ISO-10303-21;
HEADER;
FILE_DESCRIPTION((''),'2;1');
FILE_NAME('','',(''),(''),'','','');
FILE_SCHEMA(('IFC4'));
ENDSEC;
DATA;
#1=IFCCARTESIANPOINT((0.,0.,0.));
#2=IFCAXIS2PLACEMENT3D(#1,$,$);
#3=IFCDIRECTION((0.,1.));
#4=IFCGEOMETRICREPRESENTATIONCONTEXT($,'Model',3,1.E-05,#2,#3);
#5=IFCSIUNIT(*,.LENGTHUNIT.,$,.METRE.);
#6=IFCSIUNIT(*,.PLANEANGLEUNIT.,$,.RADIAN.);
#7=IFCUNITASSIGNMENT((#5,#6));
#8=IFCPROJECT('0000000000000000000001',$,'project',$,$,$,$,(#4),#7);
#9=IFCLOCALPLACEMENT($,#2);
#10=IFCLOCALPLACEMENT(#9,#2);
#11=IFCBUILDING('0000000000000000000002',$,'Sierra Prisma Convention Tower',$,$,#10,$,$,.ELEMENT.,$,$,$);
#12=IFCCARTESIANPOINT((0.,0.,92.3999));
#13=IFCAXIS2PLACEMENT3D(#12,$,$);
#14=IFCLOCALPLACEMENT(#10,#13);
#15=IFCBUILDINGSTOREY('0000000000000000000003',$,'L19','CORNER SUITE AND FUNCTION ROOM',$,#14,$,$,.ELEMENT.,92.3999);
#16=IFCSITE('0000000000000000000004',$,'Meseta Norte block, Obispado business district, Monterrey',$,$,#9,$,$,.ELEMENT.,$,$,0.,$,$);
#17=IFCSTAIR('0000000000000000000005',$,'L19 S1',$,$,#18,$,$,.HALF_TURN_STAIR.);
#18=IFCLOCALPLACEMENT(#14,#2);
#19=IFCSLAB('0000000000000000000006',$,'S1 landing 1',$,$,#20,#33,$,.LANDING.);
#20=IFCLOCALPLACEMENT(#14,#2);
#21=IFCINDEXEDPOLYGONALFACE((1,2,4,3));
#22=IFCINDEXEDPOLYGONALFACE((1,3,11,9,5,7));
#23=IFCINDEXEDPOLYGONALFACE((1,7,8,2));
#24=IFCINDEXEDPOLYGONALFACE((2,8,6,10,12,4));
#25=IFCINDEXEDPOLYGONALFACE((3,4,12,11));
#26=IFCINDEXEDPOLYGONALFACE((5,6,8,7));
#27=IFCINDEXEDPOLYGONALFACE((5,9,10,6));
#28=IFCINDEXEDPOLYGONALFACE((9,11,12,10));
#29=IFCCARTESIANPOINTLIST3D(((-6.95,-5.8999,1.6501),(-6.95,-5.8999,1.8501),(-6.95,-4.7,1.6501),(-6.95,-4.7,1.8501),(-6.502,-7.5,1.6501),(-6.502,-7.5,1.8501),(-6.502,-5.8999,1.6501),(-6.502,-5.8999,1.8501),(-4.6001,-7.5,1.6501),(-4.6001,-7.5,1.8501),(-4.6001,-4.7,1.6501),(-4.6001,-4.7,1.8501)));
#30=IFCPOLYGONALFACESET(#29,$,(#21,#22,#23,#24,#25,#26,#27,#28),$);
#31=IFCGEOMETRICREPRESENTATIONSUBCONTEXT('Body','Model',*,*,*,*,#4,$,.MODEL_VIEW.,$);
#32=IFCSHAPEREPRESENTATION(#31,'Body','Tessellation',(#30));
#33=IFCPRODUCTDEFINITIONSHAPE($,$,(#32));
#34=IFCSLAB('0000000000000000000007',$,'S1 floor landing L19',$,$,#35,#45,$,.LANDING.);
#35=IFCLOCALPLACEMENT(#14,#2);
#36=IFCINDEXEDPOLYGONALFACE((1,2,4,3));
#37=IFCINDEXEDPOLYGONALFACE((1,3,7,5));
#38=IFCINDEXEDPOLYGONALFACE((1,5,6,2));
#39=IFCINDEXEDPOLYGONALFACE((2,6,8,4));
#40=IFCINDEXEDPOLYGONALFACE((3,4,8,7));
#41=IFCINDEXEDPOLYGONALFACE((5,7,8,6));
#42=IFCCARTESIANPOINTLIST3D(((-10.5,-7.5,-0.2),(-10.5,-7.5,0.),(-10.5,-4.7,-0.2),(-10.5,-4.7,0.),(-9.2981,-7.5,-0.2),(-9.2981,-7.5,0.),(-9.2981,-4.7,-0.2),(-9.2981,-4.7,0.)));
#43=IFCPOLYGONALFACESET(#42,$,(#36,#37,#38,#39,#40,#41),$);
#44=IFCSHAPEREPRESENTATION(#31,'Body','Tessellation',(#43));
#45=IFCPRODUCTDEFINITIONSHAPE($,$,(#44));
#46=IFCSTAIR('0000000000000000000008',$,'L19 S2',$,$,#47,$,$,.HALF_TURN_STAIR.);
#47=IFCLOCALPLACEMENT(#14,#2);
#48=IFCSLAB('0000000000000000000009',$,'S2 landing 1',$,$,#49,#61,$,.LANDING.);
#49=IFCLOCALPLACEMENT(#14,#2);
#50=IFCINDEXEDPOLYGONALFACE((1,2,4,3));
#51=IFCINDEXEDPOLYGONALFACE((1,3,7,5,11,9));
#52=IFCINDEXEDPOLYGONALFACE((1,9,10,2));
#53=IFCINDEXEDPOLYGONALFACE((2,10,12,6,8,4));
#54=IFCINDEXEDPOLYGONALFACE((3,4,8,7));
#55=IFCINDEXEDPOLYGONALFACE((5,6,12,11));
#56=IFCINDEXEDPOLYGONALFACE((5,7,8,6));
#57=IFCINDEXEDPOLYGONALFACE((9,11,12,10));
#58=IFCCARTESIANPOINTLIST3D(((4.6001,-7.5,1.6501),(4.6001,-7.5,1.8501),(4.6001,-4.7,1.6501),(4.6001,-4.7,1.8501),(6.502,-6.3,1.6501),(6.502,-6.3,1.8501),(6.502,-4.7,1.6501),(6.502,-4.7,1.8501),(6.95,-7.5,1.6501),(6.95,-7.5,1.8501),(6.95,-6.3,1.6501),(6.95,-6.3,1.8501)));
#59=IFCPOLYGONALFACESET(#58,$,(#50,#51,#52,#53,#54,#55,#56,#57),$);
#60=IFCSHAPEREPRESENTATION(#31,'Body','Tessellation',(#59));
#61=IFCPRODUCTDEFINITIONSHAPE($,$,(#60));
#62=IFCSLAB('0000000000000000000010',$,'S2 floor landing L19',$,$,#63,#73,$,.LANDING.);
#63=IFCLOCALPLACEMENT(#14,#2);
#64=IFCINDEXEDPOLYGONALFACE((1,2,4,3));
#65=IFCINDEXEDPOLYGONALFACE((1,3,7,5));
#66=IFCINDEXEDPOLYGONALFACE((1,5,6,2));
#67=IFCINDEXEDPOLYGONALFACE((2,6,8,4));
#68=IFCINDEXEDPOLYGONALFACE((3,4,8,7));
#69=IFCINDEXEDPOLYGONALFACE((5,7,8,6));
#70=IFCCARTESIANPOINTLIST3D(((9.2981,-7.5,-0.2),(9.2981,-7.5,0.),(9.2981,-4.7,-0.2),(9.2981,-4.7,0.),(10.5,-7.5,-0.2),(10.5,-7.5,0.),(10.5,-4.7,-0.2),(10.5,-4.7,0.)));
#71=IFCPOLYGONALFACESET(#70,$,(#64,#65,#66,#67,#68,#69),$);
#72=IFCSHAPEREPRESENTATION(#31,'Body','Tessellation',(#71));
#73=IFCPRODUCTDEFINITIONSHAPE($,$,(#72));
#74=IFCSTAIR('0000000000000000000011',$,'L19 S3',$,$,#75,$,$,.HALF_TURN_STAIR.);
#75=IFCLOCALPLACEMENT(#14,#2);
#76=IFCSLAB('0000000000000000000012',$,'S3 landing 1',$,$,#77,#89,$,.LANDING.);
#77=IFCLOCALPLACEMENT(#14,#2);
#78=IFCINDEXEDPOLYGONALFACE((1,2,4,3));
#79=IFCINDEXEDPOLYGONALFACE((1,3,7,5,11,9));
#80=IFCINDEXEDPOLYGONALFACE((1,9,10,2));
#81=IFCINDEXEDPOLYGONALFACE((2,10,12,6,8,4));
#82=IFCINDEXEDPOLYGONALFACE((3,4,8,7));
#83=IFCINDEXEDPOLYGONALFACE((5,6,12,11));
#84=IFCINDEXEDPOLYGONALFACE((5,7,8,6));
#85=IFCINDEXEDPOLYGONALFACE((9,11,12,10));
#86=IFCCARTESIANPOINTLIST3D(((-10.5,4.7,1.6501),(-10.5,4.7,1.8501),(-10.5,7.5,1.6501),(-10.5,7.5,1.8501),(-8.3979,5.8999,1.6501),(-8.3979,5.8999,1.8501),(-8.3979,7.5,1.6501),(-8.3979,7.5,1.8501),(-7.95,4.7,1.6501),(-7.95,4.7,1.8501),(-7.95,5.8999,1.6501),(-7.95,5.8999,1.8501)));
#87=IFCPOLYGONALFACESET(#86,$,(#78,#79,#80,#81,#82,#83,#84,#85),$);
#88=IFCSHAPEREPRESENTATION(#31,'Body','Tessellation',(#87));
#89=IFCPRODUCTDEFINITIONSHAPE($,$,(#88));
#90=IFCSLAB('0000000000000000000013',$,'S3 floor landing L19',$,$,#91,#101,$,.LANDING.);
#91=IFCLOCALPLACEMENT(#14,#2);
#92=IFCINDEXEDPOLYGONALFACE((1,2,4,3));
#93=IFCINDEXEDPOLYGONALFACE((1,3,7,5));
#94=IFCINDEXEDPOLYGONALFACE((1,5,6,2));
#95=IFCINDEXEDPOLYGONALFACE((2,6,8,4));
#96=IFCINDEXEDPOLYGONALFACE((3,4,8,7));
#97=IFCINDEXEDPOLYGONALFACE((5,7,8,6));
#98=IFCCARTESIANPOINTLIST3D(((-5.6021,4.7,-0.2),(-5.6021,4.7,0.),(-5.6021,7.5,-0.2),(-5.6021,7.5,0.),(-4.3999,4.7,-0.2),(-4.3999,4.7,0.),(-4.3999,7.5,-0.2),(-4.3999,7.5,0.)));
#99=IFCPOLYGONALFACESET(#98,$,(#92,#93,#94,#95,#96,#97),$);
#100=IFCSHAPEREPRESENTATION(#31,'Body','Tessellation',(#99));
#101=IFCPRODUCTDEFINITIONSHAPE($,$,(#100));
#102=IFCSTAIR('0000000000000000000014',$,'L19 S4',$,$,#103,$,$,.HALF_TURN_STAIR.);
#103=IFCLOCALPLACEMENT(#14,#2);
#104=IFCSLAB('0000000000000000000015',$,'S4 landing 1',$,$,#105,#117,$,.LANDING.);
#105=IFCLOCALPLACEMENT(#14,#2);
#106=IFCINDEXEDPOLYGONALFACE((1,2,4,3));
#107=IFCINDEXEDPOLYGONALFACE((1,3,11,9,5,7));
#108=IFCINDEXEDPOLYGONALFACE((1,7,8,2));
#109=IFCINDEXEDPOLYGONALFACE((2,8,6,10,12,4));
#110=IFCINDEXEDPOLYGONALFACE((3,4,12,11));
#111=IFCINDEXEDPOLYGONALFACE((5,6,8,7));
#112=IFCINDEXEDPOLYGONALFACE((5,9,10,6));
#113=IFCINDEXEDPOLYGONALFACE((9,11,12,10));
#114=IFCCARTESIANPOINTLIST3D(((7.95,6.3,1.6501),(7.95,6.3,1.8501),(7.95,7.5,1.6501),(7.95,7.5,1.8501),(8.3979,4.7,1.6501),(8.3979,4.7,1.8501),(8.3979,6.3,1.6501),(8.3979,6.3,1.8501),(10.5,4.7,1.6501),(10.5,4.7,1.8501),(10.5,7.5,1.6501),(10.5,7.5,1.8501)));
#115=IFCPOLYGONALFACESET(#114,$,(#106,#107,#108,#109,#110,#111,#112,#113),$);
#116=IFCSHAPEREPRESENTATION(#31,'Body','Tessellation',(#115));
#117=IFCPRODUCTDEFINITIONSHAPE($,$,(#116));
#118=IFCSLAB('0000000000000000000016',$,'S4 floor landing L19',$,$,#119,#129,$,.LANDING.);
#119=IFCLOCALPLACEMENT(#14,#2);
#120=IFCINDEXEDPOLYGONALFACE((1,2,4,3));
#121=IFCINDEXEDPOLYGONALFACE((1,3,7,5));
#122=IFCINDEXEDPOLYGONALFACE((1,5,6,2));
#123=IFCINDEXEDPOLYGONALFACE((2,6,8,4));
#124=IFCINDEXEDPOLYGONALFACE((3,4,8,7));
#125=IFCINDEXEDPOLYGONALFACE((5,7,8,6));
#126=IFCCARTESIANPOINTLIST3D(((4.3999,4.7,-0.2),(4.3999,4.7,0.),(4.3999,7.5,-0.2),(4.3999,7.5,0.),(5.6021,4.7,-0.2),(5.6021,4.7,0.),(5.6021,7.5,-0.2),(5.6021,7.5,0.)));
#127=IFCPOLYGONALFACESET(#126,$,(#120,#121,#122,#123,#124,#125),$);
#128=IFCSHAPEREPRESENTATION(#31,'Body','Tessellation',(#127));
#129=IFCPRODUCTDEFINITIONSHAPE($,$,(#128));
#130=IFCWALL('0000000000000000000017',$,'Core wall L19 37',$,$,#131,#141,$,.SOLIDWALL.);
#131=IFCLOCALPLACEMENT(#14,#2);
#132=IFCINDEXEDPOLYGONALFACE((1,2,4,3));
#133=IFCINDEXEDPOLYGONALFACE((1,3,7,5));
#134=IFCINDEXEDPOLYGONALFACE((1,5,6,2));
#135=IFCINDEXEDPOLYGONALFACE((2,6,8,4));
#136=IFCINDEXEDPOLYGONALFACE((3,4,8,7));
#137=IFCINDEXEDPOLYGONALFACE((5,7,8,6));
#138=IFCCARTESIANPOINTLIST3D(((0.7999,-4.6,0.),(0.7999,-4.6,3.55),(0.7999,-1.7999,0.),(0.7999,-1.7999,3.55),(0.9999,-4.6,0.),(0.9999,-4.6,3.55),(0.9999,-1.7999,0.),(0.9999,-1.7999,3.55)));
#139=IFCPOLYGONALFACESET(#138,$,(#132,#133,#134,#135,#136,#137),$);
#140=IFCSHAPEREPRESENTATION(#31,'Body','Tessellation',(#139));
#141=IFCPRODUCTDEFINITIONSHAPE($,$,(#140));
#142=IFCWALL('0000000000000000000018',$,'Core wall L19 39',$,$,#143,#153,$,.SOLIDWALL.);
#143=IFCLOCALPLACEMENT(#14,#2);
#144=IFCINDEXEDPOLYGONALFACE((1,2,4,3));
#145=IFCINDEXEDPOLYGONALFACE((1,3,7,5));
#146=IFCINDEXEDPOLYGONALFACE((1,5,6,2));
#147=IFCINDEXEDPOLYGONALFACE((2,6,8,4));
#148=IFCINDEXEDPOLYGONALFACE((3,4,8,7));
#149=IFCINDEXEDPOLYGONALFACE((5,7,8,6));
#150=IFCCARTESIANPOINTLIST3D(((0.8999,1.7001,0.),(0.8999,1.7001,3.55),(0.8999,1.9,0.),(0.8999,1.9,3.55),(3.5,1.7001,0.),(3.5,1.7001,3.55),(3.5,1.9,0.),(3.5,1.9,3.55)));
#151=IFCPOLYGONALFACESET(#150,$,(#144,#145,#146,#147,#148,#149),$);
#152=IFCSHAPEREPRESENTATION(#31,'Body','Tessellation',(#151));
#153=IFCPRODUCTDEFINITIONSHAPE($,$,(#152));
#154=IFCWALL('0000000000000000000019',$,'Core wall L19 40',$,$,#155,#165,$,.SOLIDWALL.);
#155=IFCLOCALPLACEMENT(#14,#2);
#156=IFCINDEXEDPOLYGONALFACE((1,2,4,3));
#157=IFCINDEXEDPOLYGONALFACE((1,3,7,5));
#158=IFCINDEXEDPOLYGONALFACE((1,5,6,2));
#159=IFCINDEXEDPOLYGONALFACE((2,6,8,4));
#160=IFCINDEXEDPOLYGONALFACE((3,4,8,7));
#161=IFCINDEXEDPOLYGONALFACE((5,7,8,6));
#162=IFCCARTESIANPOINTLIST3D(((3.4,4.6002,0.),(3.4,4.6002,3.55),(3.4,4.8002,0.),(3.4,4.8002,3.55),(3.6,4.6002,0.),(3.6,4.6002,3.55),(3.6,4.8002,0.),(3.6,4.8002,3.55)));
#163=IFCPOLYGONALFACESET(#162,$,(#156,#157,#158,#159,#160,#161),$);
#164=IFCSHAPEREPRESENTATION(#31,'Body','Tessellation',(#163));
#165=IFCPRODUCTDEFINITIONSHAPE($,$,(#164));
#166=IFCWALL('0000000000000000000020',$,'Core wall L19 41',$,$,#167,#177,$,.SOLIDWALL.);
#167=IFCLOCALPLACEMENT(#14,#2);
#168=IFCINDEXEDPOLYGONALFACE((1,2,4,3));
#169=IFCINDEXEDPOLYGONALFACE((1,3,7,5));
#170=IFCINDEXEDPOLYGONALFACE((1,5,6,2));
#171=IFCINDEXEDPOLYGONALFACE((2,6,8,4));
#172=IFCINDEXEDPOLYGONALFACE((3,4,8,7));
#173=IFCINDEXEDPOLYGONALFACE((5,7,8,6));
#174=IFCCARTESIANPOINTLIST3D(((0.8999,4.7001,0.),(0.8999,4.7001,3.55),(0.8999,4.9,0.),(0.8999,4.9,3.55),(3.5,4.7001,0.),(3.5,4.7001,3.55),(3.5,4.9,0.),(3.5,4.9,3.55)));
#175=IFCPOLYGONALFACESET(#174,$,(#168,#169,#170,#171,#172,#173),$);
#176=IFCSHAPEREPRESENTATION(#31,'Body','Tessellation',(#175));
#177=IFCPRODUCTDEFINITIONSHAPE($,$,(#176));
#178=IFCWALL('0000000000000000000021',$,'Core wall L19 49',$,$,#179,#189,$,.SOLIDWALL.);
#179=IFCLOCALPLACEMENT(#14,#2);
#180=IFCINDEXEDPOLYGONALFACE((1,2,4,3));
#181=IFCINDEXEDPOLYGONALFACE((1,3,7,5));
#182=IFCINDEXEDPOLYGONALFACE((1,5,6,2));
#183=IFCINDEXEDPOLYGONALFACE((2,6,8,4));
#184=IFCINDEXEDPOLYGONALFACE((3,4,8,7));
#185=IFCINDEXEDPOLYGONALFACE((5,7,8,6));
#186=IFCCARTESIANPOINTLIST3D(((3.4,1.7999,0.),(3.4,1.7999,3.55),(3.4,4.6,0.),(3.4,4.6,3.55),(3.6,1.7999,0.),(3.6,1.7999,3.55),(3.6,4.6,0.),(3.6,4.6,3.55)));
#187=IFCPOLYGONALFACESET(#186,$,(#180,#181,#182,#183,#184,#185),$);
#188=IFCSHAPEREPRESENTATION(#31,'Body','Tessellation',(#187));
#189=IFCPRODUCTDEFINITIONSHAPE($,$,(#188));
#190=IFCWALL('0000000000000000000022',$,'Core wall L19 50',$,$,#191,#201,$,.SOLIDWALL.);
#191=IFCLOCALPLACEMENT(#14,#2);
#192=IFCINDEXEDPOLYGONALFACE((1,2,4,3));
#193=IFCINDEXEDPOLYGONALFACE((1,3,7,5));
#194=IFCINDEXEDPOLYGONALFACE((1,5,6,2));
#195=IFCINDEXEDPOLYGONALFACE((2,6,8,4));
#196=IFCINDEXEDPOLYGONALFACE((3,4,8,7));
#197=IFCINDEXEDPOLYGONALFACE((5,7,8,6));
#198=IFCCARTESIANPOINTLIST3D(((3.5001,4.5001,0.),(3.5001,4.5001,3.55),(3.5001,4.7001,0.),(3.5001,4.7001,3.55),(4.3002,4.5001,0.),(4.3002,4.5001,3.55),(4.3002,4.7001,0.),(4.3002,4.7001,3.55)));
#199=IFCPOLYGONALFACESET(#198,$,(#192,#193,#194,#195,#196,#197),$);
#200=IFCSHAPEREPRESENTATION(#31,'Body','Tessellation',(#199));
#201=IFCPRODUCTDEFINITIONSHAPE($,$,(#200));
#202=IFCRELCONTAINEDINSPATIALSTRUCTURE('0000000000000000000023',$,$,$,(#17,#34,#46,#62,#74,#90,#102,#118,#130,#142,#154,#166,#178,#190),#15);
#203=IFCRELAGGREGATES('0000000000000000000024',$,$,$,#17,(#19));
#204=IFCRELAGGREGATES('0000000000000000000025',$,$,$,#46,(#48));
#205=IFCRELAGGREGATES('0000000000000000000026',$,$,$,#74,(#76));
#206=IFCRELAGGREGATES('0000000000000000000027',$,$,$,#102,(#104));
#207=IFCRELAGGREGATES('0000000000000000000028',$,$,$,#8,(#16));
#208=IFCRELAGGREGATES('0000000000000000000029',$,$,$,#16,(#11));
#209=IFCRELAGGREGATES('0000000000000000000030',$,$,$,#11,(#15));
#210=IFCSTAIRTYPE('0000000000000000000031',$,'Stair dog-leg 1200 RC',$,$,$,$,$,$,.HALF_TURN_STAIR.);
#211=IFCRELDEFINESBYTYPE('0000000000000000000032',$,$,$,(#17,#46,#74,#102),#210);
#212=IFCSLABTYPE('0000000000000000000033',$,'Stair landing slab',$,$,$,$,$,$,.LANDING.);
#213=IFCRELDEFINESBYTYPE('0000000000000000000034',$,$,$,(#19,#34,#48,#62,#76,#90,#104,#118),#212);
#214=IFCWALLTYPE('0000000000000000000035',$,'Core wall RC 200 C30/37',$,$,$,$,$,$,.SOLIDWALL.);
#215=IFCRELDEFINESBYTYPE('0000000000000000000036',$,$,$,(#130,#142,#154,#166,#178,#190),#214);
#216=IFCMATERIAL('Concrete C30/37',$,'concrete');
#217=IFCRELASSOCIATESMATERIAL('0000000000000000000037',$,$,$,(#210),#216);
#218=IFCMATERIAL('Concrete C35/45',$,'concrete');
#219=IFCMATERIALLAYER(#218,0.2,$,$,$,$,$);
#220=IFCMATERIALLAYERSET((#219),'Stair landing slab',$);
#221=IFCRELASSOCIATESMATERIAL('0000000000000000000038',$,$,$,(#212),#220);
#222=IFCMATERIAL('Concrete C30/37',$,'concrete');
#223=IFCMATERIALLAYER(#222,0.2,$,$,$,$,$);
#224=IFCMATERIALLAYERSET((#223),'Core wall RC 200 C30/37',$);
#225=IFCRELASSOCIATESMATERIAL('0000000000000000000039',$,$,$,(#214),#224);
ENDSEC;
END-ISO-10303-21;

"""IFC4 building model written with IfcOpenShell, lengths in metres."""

from ifc_helpers import new_model, si_unit, direction, frame, frame_2d, origin, place, context, subcontext, project, spatial, polyline, rectangle, outline, extrude, material, layer, layer_set, type_object, element, aggregate, save


model = new_model("IFC4")

# Units and contexts
model_context = context("Model", 3, precision=1e-05, world=origin(), true_north=direction((0.0, 1.0)))
body_context = subcontext(model_context, "Body", "Model", "MODEL_VIEW")
ifc_project = project(units=[si_unit("LENGTHUNIT", "METRE"), si_unit("PLANEANGLEUNIT", "RADIAN")], contexts=[model_context])

# Site, building, storey
site_placement = place(None, origin())
site = spatial("IfcSite", under=ifc_project, at=site_placement, Name="Meseta Norte block, Obispado business district, Monterrey", CompositionType="ELEMENT", RefElevation=0.0)
building_placement = place(site_placement, origin())
building = spatial("IfcBuilding", under=site, at=building_placement, Name="Sierra Prisma Convention Tower", CompositionType="ELEMENT")
storey_placement = place(building_placement, frame((0.0, 0.0, 92.3999)))
storey = spatial("IfcBuildingStorey", under=building, at=storey_placement, Name="L19", Description="CORNER SUITE AND FUNCTION ROOM", CompositionType="ELEMENT", Elevation=92.3999)

# Stair, slab
ifc_material_1 = material(Name="Concrete C30/37", Category="concrete")
stair_type = type_object("IfcStairType", Name="Stair dog-leg 1200 RC", PredefinedType="HALF_TURN_STAIR", material=ifc_material_1)
stair_1_placement = place(storey_placement, origin())
stair_1 = element("IfcStair", 1, at=stair_1_placement, inside=storey, type_object=stair_type, Name="L19 S1", PredefinedType="HALF_TURN_STAIR")
ifc_material_2 = material(Name="Concrete C35/45", Category="concrete")
ifc_layer_1 = layer(ifc_material_2, 0.2)
ifc_layer_set_1 = layer_set([ifc_layer_1], Name="Stair landing slab")
slab_type = type_object("IfcSlabType", Name="Stair landing slab", PredefinedType="LANDING", material=ifc_layer_set_1)
slab_1_placement = place(storey_placement, frame((0.0, 0.0, 1.6501)))
slab_1 = element("IfcSlab", 2, at=slab_1_placement, type_object=slab_type, Name="S1 landing 1", PredefinedType="LANDING", context=body_context, shape_type="SweptSolid", body=[
    extrude(outline(polyline([(-4.6001, -4.7), (-4.6001, -7.5), (-6.502, -7.5), (-6.502, -5.8999), (-6.95, -5.8999), (-6.95, -4.7), (-4.6001, -4.7)])), origin(), (0.0, 0.0, 1.0), 0.2),
])
aggregate(stair_1, [slab_1])

# Slab
slab_2_placement = place(storey_placement, frame((0.0, 0.0, -0.2)))
element("IfcSlab", 3, at=slab_2_placement, inside=storey, type_object=slab_type, Name="S1 floor landing L19", PredefinedType="LANDING", context=body_context, shape_type="SweptSolid", body=[
    extrude(outline(polyline([(-10.5, -7.5), (-9.2981, -7.5), (-9.2981, -4.7), (-10.5, -4.7), (-10.5, -7.5)])), origin(), (0.0, 0.0, 1.0), 0.2),
])

# Stair, slab
stair_2_placement = place(storey_placement, origin())
stair_2 = element("IfcStair", 4, at=stair_2_placement, inside=storey, type_object=stair_type, Name="L19 S2", PredefinedType="HALF_TURN_STAIR")
slab_3_placement = place(storey_placement, frame((0.0, 0.0, 1.6501)))
slab_3 = element("IfcSlab", 5, at=slab_3_placement, type_object=slab_type, Name="S2 landing 1", PredefinedType="LANDING", context=body_context, shape_type="SweptSolid", body=[
    extrude(outline(polyline([(6.95, -6.3), (6.95, -7.5), (4.6001, -7.5), (4.6001, -4.7), (6.502, -4.7), (6.502, -6.3), (6.95, -6.3)])), origin(), (0.0, 0.0, 1.0), 0.2),
])
aggregate(stair_2, [slab_3])

# Slab
slab_4_placement = place(storey_placement, frame((0.0, 0.0, -0.2)))
element("IfcSlab", 6, at=slab_4_placement, inside=storey, type_object=slab_type, Name="S2 floor landing L19", PredefinedType="LANDING", context=body_context, shape_type="SweptSolid", body=[
    extrude(outline(polyline([(10.5, -4.7), (9.2981, -4.7), (9.2981, -7.5), (10.5, -7.5), (10.5, -4.7)])), origin(), (0.0, 0.0, 1.0), 0.2),
])

# Stair, slab
stair_3_placement = place(storey_placement, origin())
stair_3 = element("IfcStair", 7, at=stair_3_placement, inside=storey, type_object=stair_type, Name="L19 S3", PredefinedType="HALF_TURN_STAIR")
slab_5_placement = place(storey_placement, frame((0.0, 0.0, 1.6501)))
slab_5 = element("IfcSlab", 8, at=slab_5_placement, type_object=slab_type, Name="S3 landing 1", PredefinedType="LANDING", context=body_context, shape_type="SweptSolid", body=[
    extrude(outline(polyline([(-7.95, 5.8999), (-7.95, 4.7), (-10.5, 4.7), (-10.5, 7.5), (-8.3979, 7.5), (-8.3979, 5.8999), (-7.95, 5.8999)])), origin(), (0.0, 0.0, 1.0), 0.2),
])
aggregate(stair_3, [slab_5])

# Slab
slab_6_placement = place(storey_placement, frame((0.0, 0.0, -0.2)))
element("IfcSlab", 9, at=slab_6_placement, inside=storey, type_object=slab_type, Name="S3 floor landing L19", PredefinedType="LANDING", context=body_context, shape_type="SweptSolid", body=[
    extrude(outline(polyline([(-4.3999, 7.5), (-5.6021, 7.5), (-5.6021, 4.7), (-4.3999, 4.7), (-4.3999, 7.5)])), origin(), (0.0, 0.0, 1.0), 0.2),
])

# Stair, slab
stair_4_placement = place(storey_placement, origin())
stair_4 = element("IfcStair", 10, at=stair_4_placement, inside=storey, type_object=stair_type, Name="L19 S4", PredefinedType="HALF_TURN_STAIR")
slab_7_placement = place(storey_placement, frame((0.0, 0.0, 1.6501)))
slab_7 = element("IfcSlab", 11, at=slab_7_placement, type_object=slab_type, Name="S4 landing 1", PredefinedType="LANDING", context=body_context, shape_type="SweptSolid", body=[
    extrude(outline(polyline([(10.5, 7.5), (10.5, 4.7), (8.3979, 4.7), (8.3979, 6.3), (7.95, 6.3), (7.95, 7.5), (10.5, 7.5)])), origin(), (0.0, 0.0, 1.0), 0.2),
])
aggregate(stair_4, [slab_7])

# Slab
slab_8_placement = place(storey_placement, frame((0.0, 0.0, -0.2)))
element("IfcSlab", 12, at=slab_8_placement, inside=storey, type_object=slab_type, Name="S4 floor landing L19", PredefinedType="LANDING", context=body_context, shape_type="SweptSolid", body=[
    extrude(outline(polyline([(4.3999, 4.7), (5.6021, 4.7), (5.6021, 7.5), (4.3999, 7.5), (4.3999, 4.7)])), origin(), (0.0, 0.0, 1.0), 0.2),
])

# Shared definitions
ifc_material_3 = material(Name="Concrete C30/37", Category="concrete")
ifc_layer_2 = layer(ifc_material_3, 0.2)
ifc_layer_set_2 = layer_set([ifc_layer_2], Name="Core wall RC 200 C30/37")
wall_type = type_object("IfcWallType", Name="Core wall RC 200 C30/37", PredefinedType="SOLIDWALL", material=ifc_layer_set_2)

# Walls
wall_1_placement = place(storey_placement, frame((0.8999, -1.8, 0.0), z_axis=(0.0, 0.0, 1.0), x_axis=(0.0, -1.0, 0.0)))
element("IfcWall", 13, at=wall_1_placement, inside=storey, type_object=wall_type, Name="Core wall L19 37", PredefinedType="SOLIDWALL", context=body_context, shape_type="SweptSolid", body=[
    extrude(rectangle(XDim=2.8, YDim=0.2, at=frame_2d((1.3999, 0.0))), origin(), (0.0, 0.0, 1.0), 3.55),
])
wall_2_placement = place(storey_placement, frame((3.5, 1.8, 0.0), z_axis=(0.0, 0.0, 1.0), x_axis=(-1.0, 0.0, 0.0)))
element("IfcWall", 14, at=wall_2_placement, inside=storey, type_object=wall_type, Name="Core wall L19 39", PredefinedType="SOLIDWALL", context=body_context, shape_type="SweptSolid", body=[
    extrude(rectangle(XDim=2.6001, YDim=0.2, at=frame_2d((1.3, 0.0))), origin(), (0.0, 0.0, 1.0), 3.55),
])
wall_3_placement = place(storey_placement, frame((3.5, 4.6001, 0.0), z_axis=(0.0, 0.0, 1.0), x_axis=(0.0, 1.0, 0.0)))
element("IfcWall", 15, at=wall_3_placement, inside=storey, type_object=wall_type, Name="Core wall L19 40", PredefinedType="SOLIDWALL", context=body_context, shape_type="SweptSolid", body=[
    extrude(rectangle(XDim=0.2, YDim=0.2, at=frame_2d((0.1001, 0.0))), origin(), (0.0, 0.0, 1.0), 3.55),
])
wall_4_placement = place(storey_placement, frame((3.5, 4.8, 0.0), z_axis=(0.0, 0.0, 1.0), x_axis=(-1.0, 0.0, 0.0)))
element("IfcWall", 16, at=wall_4_placement, inside=storey, type_object=wall_type, Name="Core wall L19 41", PredefinedType="SOLIDWALL", context=body_context, shape_type="SweptSolid", body=[
    extrude(rectangle(XDim=2.6001, YDim=0.2, at=frame_2d((1.3, 0.0))), origin(), (0.0, 0.0, 1.0), 3.55),
])

# Walls
wall_5_placement = place(storey_placement, frame((3.5, 1.8, 0.0), z_axis=(0.0, 0.0, 1.0), x_axis=(0.0, 1.0, 0.0)))
element("IfcWall", 17, at=wall_5_placement, inside=storey, type_object=wall_type, Name="Core wall L19 49", PredefinedType="SOLIDWALL", context=body_context, shape_type="SweptSolid", body=[
    extrude(rectangle(XDim=2.8, YDim=0.2, at=frame_2d((1.3999, 0.0))), origin(), (0.0, 0.0, 1.0), 3.55),
])
wall_6_placement = place(storey_placement, frame((4.3, 4.6001, 0.0), z_axis=(0.0, 0.0, 1.0), x_axis=(-1.0, 0.0, 0.0)))
element("IfcWall", 18, at=wall_6_placement, inside=storey, type_object=wall_type, Name="Core wall L19 50", PredefinedType="SOLIDWALL", context=body_context, shape_type="SweptSolid", body=[
    extrude(rectangle(XDim=0.8, YDim=0.2, at=frame_2d((0.3999, 0.0))), origin(), (0.0, 0.0, 1.0), 3.55),
])

save(model, "model.ifc")
